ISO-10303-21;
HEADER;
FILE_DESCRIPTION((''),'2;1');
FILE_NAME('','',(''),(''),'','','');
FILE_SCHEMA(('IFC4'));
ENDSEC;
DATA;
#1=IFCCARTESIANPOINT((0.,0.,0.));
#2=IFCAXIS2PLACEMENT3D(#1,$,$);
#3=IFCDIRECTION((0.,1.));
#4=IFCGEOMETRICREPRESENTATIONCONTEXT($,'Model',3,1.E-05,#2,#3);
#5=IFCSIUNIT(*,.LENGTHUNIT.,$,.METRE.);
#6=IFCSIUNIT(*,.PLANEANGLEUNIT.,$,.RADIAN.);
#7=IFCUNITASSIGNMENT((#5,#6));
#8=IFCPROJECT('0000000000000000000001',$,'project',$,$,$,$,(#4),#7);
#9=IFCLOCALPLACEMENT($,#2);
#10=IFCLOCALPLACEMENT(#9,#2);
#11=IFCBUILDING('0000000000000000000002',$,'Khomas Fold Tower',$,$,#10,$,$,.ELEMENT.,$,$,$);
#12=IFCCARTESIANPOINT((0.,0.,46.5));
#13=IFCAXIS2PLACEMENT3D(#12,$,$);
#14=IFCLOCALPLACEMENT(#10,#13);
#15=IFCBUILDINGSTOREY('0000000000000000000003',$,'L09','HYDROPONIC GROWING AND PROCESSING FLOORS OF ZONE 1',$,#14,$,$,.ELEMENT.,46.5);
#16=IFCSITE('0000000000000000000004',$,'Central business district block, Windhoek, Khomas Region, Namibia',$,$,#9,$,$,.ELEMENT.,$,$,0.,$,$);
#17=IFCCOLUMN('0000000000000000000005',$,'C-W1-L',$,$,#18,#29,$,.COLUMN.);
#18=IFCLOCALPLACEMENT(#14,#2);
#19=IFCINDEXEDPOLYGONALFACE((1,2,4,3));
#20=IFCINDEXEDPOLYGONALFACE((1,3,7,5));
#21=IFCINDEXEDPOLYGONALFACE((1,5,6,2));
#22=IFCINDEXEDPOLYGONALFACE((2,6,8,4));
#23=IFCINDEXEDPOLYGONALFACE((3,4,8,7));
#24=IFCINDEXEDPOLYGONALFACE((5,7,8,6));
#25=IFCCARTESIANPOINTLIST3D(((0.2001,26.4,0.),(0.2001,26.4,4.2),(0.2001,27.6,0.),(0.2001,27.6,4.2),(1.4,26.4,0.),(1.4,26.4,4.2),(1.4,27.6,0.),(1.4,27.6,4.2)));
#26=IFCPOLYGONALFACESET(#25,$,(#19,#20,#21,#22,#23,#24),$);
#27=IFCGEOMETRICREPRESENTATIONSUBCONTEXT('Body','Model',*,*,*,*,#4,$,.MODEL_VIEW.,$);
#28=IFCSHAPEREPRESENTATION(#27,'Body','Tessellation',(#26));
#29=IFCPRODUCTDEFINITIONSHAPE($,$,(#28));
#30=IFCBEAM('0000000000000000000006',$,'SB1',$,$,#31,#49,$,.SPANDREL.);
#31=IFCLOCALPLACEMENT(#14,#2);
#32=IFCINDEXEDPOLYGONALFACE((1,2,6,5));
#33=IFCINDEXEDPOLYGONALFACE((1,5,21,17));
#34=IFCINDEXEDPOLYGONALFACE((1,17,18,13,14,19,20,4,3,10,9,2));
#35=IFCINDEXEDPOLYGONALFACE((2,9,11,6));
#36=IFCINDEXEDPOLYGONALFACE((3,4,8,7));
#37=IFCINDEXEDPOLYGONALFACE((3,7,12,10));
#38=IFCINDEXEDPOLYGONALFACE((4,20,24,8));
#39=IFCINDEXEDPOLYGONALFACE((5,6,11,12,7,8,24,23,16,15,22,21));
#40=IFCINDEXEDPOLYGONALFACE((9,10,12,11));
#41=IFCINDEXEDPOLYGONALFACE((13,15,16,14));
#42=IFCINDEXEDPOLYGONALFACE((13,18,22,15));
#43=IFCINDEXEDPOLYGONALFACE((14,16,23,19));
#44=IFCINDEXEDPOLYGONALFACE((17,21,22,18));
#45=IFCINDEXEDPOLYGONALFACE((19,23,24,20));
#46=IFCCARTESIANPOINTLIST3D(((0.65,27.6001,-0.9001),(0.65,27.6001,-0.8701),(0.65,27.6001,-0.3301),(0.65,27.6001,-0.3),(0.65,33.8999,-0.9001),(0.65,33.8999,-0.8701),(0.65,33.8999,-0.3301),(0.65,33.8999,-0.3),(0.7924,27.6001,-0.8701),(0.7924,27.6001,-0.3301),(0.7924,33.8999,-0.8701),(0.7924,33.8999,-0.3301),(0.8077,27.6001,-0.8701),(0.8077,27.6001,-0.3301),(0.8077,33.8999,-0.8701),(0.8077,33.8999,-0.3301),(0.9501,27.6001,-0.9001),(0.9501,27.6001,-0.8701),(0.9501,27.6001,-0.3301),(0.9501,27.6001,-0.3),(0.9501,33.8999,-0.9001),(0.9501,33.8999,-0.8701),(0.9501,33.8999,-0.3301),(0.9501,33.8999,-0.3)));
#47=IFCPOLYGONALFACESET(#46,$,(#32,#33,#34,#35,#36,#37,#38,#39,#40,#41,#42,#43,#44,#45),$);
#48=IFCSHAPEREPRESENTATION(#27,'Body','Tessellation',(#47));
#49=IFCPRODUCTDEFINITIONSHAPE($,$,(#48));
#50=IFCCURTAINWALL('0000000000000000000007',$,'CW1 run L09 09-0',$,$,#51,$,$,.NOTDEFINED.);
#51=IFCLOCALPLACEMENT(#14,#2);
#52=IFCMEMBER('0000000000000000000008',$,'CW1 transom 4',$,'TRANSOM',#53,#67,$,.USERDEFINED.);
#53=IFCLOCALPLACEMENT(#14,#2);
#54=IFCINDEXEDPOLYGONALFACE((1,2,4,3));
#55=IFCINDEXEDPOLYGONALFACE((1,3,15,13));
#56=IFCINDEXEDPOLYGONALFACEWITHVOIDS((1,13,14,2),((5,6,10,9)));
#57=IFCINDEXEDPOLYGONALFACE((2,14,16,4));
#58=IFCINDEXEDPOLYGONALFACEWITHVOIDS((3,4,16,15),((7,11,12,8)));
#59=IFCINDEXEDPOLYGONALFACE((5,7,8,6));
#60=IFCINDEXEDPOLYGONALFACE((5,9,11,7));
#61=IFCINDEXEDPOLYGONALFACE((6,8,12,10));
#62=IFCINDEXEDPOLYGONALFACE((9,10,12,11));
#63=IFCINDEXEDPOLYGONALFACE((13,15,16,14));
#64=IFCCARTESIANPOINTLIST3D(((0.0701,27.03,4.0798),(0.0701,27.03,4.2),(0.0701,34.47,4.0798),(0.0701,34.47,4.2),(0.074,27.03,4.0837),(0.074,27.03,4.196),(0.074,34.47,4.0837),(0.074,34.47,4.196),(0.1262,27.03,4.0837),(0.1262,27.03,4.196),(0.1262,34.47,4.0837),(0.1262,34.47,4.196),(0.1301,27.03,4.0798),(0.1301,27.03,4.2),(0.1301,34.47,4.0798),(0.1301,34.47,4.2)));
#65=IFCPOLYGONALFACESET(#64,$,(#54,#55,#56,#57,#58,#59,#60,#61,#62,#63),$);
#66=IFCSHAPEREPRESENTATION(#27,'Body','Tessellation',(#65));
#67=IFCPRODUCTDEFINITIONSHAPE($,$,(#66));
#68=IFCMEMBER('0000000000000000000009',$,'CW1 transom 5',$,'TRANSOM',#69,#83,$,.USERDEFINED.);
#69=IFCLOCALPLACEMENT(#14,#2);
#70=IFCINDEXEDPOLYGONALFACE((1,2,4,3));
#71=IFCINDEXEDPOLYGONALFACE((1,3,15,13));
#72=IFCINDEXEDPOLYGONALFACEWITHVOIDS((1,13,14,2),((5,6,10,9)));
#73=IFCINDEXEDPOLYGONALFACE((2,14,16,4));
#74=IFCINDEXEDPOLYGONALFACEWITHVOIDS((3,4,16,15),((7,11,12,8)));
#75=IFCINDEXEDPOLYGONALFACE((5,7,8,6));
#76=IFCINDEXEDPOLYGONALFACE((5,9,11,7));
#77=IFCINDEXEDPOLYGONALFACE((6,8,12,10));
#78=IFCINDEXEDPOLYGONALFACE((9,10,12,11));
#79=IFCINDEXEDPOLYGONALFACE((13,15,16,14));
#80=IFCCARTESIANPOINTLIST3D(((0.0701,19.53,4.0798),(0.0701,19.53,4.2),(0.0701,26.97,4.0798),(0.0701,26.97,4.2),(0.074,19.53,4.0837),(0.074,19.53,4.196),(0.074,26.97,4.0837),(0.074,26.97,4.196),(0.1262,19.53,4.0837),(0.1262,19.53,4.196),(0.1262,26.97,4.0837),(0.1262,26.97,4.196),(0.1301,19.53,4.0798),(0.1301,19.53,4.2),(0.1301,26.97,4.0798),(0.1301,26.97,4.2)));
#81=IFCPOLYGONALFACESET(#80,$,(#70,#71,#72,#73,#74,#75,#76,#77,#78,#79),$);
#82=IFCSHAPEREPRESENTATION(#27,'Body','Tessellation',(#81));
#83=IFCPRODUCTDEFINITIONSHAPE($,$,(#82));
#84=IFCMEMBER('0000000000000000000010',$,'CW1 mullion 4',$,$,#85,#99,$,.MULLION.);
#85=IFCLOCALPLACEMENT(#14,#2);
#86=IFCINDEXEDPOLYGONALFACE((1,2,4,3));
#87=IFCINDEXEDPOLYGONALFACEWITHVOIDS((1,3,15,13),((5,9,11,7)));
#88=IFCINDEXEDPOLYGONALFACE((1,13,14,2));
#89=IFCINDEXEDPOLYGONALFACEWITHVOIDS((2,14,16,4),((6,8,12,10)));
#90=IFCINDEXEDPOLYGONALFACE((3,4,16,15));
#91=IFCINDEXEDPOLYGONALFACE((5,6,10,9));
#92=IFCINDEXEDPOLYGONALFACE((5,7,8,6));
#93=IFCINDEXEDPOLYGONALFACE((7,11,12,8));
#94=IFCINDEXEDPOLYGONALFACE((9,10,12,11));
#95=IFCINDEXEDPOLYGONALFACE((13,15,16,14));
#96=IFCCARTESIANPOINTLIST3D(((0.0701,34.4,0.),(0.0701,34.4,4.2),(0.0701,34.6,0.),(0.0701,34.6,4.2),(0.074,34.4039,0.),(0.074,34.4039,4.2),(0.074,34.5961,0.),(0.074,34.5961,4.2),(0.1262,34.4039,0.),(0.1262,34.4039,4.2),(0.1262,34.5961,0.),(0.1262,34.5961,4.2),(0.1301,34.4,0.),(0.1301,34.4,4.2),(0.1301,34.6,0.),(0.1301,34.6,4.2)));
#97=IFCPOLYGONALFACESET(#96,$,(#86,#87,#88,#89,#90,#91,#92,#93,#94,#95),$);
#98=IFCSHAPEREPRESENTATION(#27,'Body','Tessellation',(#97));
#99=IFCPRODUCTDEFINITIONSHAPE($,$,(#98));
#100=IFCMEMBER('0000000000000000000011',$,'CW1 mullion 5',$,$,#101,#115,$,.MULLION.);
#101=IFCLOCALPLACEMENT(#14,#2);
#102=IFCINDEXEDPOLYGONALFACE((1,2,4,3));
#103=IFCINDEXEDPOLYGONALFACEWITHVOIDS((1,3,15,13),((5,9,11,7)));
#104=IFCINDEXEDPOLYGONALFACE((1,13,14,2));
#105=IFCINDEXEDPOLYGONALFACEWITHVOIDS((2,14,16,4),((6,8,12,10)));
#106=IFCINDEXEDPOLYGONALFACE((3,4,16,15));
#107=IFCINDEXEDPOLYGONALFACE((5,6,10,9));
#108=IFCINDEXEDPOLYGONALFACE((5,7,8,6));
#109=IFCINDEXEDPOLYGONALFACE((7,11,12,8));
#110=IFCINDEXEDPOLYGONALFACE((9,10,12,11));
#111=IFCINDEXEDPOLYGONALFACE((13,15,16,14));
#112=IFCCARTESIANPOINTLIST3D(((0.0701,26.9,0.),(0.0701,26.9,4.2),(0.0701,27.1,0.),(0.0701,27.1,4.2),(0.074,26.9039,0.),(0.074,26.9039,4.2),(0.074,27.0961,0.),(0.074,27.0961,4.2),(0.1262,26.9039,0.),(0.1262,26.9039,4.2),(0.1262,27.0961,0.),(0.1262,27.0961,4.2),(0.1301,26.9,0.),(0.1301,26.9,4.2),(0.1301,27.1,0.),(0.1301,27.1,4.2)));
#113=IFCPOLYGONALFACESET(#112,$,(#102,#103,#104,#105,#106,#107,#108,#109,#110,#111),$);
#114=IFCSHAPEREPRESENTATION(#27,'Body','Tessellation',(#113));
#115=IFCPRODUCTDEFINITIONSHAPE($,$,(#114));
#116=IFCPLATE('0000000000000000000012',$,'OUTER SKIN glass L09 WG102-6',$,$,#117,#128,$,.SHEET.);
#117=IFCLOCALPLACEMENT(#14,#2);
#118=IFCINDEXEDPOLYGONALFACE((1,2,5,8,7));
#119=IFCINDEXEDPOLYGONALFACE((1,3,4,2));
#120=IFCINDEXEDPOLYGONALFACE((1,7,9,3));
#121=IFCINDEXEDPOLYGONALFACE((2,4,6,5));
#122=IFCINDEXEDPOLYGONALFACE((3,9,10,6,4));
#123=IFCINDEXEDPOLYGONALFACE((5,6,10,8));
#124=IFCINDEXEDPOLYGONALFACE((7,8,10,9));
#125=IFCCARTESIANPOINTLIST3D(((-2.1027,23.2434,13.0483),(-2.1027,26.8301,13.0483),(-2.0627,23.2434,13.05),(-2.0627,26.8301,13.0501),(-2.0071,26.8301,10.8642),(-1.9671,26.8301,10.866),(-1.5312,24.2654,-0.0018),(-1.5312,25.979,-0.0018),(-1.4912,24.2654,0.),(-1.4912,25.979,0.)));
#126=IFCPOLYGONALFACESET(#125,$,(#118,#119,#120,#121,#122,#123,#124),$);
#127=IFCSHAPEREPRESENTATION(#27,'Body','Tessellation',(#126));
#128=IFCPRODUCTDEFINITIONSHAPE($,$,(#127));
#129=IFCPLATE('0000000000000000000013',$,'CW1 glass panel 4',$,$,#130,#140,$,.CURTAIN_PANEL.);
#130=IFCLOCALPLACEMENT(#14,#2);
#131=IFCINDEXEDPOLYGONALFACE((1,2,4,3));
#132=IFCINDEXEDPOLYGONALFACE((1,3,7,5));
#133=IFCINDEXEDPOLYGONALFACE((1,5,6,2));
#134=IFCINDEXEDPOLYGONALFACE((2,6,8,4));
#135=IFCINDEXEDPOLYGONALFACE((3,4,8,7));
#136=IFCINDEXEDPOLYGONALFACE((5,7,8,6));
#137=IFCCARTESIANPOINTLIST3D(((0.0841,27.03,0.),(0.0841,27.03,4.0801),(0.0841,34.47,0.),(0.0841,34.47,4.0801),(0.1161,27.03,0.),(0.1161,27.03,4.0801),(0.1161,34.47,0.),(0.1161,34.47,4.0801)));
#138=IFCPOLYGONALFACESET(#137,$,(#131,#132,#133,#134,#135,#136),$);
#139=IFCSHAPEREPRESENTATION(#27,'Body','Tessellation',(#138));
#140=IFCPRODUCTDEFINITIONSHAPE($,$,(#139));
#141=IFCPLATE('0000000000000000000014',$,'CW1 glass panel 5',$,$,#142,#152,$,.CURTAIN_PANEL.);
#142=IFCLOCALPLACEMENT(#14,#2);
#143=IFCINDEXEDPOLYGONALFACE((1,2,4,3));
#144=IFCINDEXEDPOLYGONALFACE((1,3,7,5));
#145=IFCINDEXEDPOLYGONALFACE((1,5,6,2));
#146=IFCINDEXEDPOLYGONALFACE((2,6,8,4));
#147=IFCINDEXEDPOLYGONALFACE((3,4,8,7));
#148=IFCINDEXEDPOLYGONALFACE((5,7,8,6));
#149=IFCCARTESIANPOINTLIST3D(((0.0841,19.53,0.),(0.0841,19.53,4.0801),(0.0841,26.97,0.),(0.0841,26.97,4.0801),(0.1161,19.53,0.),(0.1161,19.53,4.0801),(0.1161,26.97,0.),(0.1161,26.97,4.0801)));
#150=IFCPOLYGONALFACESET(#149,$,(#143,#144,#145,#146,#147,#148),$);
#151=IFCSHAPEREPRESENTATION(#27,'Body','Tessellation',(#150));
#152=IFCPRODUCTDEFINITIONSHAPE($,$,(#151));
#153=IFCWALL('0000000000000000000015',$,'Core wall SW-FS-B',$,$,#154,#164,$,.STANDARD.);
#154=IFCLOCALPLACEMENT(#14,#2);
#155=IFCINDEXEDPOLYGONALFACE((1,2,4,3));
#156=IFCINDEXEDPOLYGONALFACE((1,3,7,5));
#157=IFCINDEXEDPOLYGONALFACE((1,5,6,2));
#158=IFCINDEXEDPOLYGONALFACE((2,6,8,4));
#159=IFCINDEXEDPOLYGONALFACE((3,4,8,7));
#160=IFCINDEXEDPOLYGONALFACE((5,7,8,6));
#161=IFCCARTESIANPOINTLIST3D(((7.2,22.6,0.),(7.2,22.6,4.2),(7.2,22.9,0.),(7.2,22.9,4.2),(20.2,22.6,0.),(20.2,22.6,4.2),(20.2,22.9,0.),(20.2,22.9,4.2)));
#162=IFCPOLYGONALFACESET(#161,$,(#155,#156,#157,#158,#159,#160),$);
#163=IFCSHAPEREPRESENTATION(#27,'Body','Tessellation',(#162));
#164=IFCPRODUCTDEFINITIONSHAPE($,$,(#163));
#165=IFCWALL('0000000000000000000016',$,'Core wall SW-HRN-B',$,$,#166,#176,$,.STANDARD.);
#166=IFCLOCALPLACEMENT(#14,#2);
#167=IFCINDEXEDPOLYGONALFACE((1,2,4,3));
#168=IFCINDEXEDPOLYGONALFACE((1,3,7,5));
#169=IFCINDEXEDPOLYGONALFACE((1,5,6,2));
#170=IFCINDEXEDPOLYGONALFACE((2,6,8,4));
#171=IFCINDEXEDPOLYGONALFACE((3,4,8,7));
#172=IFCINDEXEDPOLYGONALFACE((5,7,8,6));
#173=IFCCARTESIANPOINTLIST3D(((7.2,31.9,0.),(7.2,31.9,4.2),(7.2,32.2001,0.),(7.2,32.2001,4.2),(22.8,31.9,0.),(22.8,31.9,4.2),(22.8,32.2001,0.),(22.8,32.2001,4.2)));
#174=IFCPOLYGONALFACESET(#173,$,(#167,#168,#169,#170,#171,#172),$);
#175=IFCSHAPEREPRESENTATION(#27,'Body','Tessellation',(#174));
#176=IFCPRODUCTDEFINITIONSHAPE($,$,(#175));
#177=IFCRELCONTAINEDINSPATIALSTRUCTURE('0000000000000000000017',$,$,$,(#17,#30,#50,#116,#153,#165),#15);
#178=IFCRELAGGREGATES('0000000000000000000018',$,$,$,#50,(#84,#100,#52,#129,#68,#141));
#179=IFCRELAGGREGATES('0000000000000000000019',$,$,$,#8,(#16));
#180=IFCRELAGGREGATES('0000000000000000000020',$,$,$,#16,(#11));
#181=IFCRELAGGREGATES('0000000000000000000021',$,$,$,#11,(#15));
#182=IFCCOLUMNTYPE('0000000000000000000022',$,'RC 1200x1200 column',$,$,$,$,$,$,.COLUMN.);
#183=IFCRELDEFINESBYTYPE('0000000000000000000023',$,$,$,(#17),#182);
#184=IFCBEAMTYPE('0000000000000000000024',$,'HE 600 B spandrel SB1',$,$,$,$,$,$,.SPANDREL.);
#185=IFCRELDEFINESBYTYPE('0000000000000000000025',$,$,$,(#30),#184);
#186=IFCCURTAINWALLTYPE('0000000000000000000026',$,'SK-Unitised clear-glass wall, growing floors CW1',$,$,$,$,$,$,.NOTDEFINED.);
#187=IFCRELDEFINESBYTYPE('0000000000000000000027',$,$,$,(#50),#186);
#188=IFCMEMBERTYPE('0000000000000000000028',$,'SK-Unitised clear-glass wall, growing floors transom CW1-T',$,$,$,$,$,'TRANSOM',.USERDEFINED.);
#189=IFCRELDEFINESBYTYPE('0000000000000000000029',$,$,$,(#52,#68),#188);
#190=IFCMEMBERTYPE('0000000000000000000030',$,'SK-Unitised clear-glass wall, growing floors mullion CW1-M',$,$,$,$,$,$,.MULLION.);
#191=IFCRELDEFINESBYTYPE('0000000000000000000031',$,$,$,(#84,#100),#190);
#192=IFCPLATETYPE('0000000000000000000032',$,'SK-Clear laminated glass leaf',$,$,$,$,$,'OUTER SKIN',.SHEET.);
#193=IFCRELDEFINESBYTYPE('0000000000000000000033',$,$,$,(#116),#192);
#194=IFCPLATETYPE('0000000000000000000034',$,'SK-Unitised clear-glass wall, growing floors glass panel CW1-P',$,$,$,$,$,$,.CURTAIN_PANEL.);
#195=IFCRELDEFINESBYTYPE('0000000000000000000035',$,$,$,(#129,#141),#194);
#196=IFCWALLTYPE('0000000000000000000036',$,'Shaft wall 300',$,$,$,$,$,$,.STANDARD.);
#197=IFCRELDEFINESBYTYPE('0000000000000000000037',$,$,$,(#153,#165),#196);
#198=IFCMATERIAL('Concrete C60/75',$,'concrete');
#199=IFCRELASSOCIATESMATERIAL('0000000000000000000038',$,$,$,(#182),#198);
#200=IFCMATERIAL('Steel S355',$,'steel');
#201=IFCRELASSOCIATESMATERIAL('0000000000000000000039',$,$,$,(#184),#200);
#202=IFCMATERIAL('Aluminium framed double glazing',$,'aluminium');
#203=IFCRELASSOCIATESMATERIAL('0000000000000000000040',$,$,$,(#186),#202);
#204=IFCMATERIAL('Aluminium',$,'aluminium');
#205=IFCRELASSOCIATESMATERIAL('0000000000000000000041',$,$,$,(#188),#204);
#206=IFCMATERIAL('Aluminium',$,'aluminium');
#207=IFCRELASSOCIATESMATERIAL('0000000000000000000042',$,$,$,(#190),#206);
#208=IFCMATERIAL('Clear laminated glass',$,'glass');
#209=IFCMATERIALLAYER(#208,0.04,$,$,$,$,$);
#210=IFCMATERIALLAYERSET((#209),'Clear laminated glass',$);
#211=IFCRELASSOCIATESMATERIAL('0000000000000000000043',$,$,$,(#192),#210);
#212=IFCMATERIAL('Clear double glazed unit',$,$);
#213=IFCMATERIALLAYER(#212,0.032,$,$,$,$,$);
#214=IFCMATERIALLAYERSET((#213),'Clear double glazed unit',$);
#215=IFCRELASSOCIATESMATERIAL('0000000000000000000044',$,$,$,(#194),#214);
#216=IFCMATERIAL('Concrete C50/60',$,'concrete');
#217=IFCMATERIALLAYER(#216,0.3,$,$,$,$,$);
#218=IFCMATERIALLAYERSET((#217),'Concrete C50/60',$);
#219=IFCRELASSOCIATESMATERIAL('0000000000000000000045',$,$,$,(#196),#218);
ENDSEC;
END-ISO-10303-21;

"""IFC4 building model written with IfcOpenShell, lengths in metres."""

from ifc_helpers import new_model, si_unit, direction, frame, frame_2d, origin, origin_2d, place, context, subcontext, project, spatial, polyline, rectangle, hollow_rectangle, i_section, outline, extrude, source, transform, mapped, material, layer, layer_set, material_profile, profile_set, type_object, element, aggregate, save


model = new_model("IFC4")

# Units and contexts
model_context = context("Model", 3, precision=1e-05, world=origin(), true_north=direction((0.0, 1.0)))
body_context = subcontext(model_context, "Body", "Model", "MODEL_VIEW")
ifc_project = project(units=[si_unit("LENGTHUNIT", "METRE"), si_unit("PLANEANGLEUNIT", "RADIAN")], contexts=[model_context])

# Site, building, storey
site_placement = place(None, origin())
site = spatial("IfcSite", under=ifc_project, at=site_placement, Name="Central business district block, Windhoek, Khomas Region, Namibia", CompositionType="ELEMENT", RefElevation=0.0)
building_placement = place(site_placement, origin())
building = spatial("IfcBuilding", under=site, at=building_placement, Name="Khomas Fold Tower", CompositionType="ELEMENT")
storey_placement = place(building_placement, frame((0.0, 0.0, 46.5)))
storey = spatial("IfcBuildingStorey", under=building, at=storey_placement, Name="L09", Description="HYDROPONIC GROWING AND PROCESSING FLOORS OF ZONE 1", CompositionType="ELEMENT", Elevation=46.5)

# Column
ifc_material_1 = material(Name="Concrete C60/75", Category="concrete")
ifc_material_profile_1 = material_profile(ifc_material_1, rectangle(XDim=1.2, YDim=1.2, at=origin_2d()), Name="RC 1200x1200")
ifc_profile_set_1 = profile_set([ifc_material_profile_1], Name="Concrete C60/75")
column_type = type_object("IfcColumnType", Name="RC 1200x1200 column", PredefinedType="COLUMN", material=ifc_profile_set_1)
shared_shape_1 = source(origin(), body_context, "Body", "SweptSolid", [
    extrude(rectangle(XDim=1.2, YDim=1.2, at=origin_2d()), origin(), (0.0, 0.0, 1.0), 4.2),
])
column_placement = place(storey_placement, frame((0.8, 27.0, 0.0), z_axis=(0.0, 0.0, 1.0), x_axis=(1.0, 0.0, 0.0)))
element("IfcColumn", 1, at=column_placement, inside=storey, type_object=column_type, Name="C-W1-L", PredefinedType="COLUMN", context=body_context, shape_type="MappedRepresentation", body=[
    mapped(shared_shape_1, transform((0.0, 0.0, 0.0))),
])

# Beam
ifc_material_2 = material(Name="Steel S355", Category="steel")
ifc_material_profile_2 = material_profile(ifc_material_2, i_section(OverallWidth=0.3, OverallDepth=0.6001, WebThickness=0.0154, FlangeThickness=0.03, at=origin_2d()), Name="HE 600 B")
ifc_profile_set_2 = profile_set([ifc_material_profile_2], Name="Steel S355")
beam_type = type_object("IfcBeamType", Name="HE 600 B spandrel SB1", PredefinedType="SPANDREL", material=ifc_profile_set_2)
shared_shape_2 = source(origin(), body_context, "Body", "SweptSolid", [
    extrude(i_section(OverallWidth=0.3, OverallDepth=0.6001, WebThickness=0.0154, FlangeThickness=0.03, at=origin_2d()), origin(), (0.0, 0.0, 1.0), 6.2998),
])
beam_placement = place(storey_placement, frame((0.8, 27.6001, -0.6001), z_axis=(0.0, 1.0, 0.0), x_axis=(-1.0, 0.0, 0.0)))
element("IfcBeam", 2, at=beam_placement, inside=storey, type_object=beam_type, Name="SB1", PredefinedType="SPANDREL", context=body_context, shape_type="MappedRepresentation", body=[
    mapped(shared_shape_2, transform((0.0, 0.0, 0.0))),
])

# Curtain wall, members
ifc_material_3 = material(Name="Aluminium framed double glazing", Category="aluminium")
curtain_wall_type = type_object("IfcCurtainWallType", Name="SK-Unitised clear-glass wall, growing floors CW1", PredefinedType="NOTDEFINED", material=ifc_material_3)
curtain_wall_placement = place(storey_placement, origin())
curtain_wall = element("IfcCurtainWall", 3, at=curtain_wall_placement, inside=storey, type_object=curtain_wall_type, Name="CW1 run L09 09-0", PredefinedType="NOTDEFINED")
ifc_material_4 = material(Name="Aluminium", Category="aluminium")
ifc_material_profile_3 = material_profile(ifc_material_4, hollow_rectangle(XDim=0.0601, YDim=0.1201, WallThickness=0.0039, at=origin_2d()), Name="SK-Unitised clear-glass wall, growing floors transom CW1-T")
ifc_profile_set_3 = profile_set([ifc_material_profile_3], Name="Aluminium")
member_type_1 = type_object("IfcMemberType", Name="SK-Unitised clear-glass wall, growing floors transom CW1-T", ElementType="TRANSOM", PredefinedType="USERDEFINED", material=ifc_profile_set_3)
shared_shape_3 = source(origin(), body_context, "Body", "SweptSolid", [
    extrude(hollow_rectangle(XDim=0.0601, YDim=0.1201, WallThickness=0.0039, at=origin_2d()), origin(), (0.0, 0.0, 1.0), 7.4399),
])
member_1_placement = place(storey_placement, frame((0.1001, 34.47, 4.1399), z_axis=(0.0, -1.0, 0.0), x_axis=(1.0, 0.0, 0.0)))
member_1 = element("IfcMember", 4, at=member_1_placement, type_object=member_type_1, Name="CW1 transom 4", ObjectType="TRANSOM", PredefinedType="USERDEFINED", context=body_context, shape_type="MappedRepresentation", body=[
    mapped(shared_shape_3, transform((0.0, 0.0, 0.0))),
])
member_2_placement = place(storey_placement, frame((0.1001, 26.97, 4.1399), z_axis=(0.0, -1.0, 0.0), x_axis=(1.0, 0.0, 0.0)))
member_2 = element("IfcMember", 5, at=member_2_placement, type_object=member_type_1, Name="CW1 transom 5", ObjectType="TRANSOM", PredefinedType="USERDEFINED", context=body_context, shape_type="MappedRepresentation", body=[
    mapped(shared_shape_3, transform((0.0, 0.0, 0.0))),
])
ifc_material_5 = material(Name="Aluminium", Category="aluminium")
ifc_material_profile_4 = material_profile(ifc_material_5, hollow_rectangle(XDim=0.0601, YDim=0.2, WallThickness=0.0039, at=origin_2d()), Name="SK-Unitised clear-glass wall, growing floors mullion CW1-M")
ifc_profile_set_4 = profile_set([ifc_material_profile_4], Name="Aluminium")
member_type_2 = type_object("IfcMemberType", Name="SK-Unitised clear-glass wall, growing floors mullion CW1-M", PredefinedType="MULLION", material=ifc_profile_set_4)
shared_shape_4 = source(origin(), body_context, "Body", "SweptSolid", [
    extrude(hollow_rectangle(XDim=0.0601, YDim=0.2, WallThickness=0.0039, at=origin_2d()), origin(), (0.0, 0.0, 1.0), 4.2),
])
member_3_placement = place(storey_placement, frame((0.1001, 34.5, 0.0), z_axis=(0.0, 0.0, 1.0), x_axis=(1.0, 0.0, 0.0)))
member_3 = element("IfcMember", 6, at=member_3_placement, type_object=member_type_2, Name="CW1 mullion 4", PredefinedType="MULLION", context=body_context, shape_type="MappedRepresentation", body=[
    mapped(shared_shape_4, transform((0.0, 0.0, 0.0))),
])
member_4_placement = place(storey_placement, frame((0.1001, 27.0, 0.0), z_axis=(0.0, 0.0, 1.0), x_axis=(1.0, 0.0, 0.0)))
member_4 = element("IfcMember", 7, at=member_4_placement, type_object=member_type_2, Name="CW1 mullion 5", PredefinedType="MULLION", context=body_context, shape_type="MappedRepresentation", body=[
    mapped(shared_shape_4, transform((0.0, 0.0, 0.0))),
])

# Plates
ifc_material_6 = material(Name="Clear laminated glass", Category="glass")
ifc_layer_1 = layer(ifc_material_6, 0.04)
ifc_layer_set_1 = layer_set([ifc_layer_1], Name="Clear laminated glass")
plate_type_1 = type_object("IfcPlateType", Name="SK-Clear laminated glass leaf", ElementType="OUTER SKIN", PredefinedType="SHEET", material=ifc_layer_set_1)
plate_1_placement = place(storey_placement, frame((-2.0627, 23.2434, 13.05), z_axis=(0.999042, -0.000009, 0.043754), x_axis=(0.000009, 1.0, 0.0)))
element("IfcPlate", 8, at=plate_1_placement, inside=storey, type_object=plate_type_1, Name="OUTER SKIN glass L09 WG102-6", PredefinedType="SHEET", context=body_context, shape_type="SweptSolid", body=[
    extrude(outline(polyline([(0.0, 0.0), (3.5867, 0.0), (3.5867, -2.1862), (2.7356, -13.0626), (1.022, -13.0626), (0.0, 0.0)])), origin(), (0.0, 0.0, -1.0), 0.04),
])
ifc_material_7 = material(Name="Clear double glazed unit")
ifc_layer_2 = layer(ifc_material_7, 0.032)
ifc_layer_set_2 = layer_set([ifc_layer_2], Name="Clear double glazed unit")
plate_type_2 = type_object("IfcPlateType", Name="SK-Unitised clear-glass wall, growing floors glass panel CW1-P", PredefinedType="CURTAIN_PANEL", material=ifc_layer_set_2)
shared_shape_5 = source(origin(), body_context, "Body", "SweptSolid", [
    extrude(rectangle(XDim=7.4399, YDim=0.032, at=origin_2d()), origin(), (0.0, 0.0, 1.0), 4.0801),
])
plate_2_placement = place(storey_placement, frame((0.1001, 30.75, 0.0), z_axis=(0.0, 0.0, 1.0), x_axis=(0.0, -1.0, 0.0)))
plate_2 = element("IfcPlate", 9, at=plate_2_placement, type_object=plate_type_2, Name="CW1 glass panel 4", PredefinedType="CURTAIN_PANEL", context=body_context, shape_type="MappedRepresentation", body=[
    mapped(shared_shape_5, transform((0.0, 0.0, 0.0))),
])
plate_3_placement = place(storey_placement, frame((0.1001, 23.25, 0.0), z_axis=(0.0, 0.0, 1.0), x_axis=(0.0, -1.0, 0.0)))
plate_3 = element("IfcPlate", 10, at=plate_3_placement, type_object=plate_type_2, Name="CW1 glass panel 5", PredefinedType="CURTAIN_PANEL", context=body_context, shape_type="MappedRepresentation", body=[
    mapped(shared_shape_5, transform((0.0, 0.0, 0.0))),
])
aggregate(curtain_wall, [member_3, member_4, member_1, plate_2, member_2, plate_3])

# Walls
ifc_material_8 = material(Name="Concrete C50/60", Category="concrete")
ifc_layer_3 = layer(ifc_material_8, 0.3)
ifc_layer_set_3 = layer_set([ifc_layer_3], Name="Concrete C50/60")
wall_type_1 = type_object("IfcWallType", Name="Shaft wall 300", PredefinedType="STANDARD", material=ifc_layer_set_3)
shared_shape_6 = source(origin(), body_context, "Body", "SweptSolid", [
    extrude(rectangle(XDim=13.0, YDim=0.3, at=frame_2d((6.5, 0.0))), origin(), (0.0, 0.0, 1.0), 4.2),
])
wall_1_placement = place(storey_placement, frame((7.2, 22.75, 0.0), z_axis=(0.0, 0.0, 1.0), x_axis=(1.0, 0.0, 0.0)))
element("IfcWall", 11, at=wall_1_placement, inside=storey, type_object=wall_type_1, Name="Core wall SW-FS-B", PredefinedType="STANDARD", context=body_context, shape_type="MappedRepresentation", body=[
    mapped(shared_shape_6, transform((0.0, 0.0, 0.0))),
])
shared_shape_7 = source(origin(), body_context, "Body", "SweptSolid", [
    extrude(rectangle(XDim=15.6001, YDim=0.3, at=frame_2d((7.8, 0.0))), origin(), (0.0, 0.0, 1.0), 4.2),
])
wall_2_placement = place(storey_placement, frame((7.2, 32.05, 0.0), z_axis=(0.0, 0.0, 1.0), x_axis=(1.0, 0.0, 0.0)))
element("IfcWall", 12, at=wall_2_placement, inside=storey, type_object=wall_type_1, Name="Core wall SW-HRN-B", PredefinedType="STANDARD", context=body_context, shape_type="MappedRepresentation", body=[
    mapped(shared_shape_7, transform((0.0, 0.0, 0.0))),
])

save(model, "model.ifc")
